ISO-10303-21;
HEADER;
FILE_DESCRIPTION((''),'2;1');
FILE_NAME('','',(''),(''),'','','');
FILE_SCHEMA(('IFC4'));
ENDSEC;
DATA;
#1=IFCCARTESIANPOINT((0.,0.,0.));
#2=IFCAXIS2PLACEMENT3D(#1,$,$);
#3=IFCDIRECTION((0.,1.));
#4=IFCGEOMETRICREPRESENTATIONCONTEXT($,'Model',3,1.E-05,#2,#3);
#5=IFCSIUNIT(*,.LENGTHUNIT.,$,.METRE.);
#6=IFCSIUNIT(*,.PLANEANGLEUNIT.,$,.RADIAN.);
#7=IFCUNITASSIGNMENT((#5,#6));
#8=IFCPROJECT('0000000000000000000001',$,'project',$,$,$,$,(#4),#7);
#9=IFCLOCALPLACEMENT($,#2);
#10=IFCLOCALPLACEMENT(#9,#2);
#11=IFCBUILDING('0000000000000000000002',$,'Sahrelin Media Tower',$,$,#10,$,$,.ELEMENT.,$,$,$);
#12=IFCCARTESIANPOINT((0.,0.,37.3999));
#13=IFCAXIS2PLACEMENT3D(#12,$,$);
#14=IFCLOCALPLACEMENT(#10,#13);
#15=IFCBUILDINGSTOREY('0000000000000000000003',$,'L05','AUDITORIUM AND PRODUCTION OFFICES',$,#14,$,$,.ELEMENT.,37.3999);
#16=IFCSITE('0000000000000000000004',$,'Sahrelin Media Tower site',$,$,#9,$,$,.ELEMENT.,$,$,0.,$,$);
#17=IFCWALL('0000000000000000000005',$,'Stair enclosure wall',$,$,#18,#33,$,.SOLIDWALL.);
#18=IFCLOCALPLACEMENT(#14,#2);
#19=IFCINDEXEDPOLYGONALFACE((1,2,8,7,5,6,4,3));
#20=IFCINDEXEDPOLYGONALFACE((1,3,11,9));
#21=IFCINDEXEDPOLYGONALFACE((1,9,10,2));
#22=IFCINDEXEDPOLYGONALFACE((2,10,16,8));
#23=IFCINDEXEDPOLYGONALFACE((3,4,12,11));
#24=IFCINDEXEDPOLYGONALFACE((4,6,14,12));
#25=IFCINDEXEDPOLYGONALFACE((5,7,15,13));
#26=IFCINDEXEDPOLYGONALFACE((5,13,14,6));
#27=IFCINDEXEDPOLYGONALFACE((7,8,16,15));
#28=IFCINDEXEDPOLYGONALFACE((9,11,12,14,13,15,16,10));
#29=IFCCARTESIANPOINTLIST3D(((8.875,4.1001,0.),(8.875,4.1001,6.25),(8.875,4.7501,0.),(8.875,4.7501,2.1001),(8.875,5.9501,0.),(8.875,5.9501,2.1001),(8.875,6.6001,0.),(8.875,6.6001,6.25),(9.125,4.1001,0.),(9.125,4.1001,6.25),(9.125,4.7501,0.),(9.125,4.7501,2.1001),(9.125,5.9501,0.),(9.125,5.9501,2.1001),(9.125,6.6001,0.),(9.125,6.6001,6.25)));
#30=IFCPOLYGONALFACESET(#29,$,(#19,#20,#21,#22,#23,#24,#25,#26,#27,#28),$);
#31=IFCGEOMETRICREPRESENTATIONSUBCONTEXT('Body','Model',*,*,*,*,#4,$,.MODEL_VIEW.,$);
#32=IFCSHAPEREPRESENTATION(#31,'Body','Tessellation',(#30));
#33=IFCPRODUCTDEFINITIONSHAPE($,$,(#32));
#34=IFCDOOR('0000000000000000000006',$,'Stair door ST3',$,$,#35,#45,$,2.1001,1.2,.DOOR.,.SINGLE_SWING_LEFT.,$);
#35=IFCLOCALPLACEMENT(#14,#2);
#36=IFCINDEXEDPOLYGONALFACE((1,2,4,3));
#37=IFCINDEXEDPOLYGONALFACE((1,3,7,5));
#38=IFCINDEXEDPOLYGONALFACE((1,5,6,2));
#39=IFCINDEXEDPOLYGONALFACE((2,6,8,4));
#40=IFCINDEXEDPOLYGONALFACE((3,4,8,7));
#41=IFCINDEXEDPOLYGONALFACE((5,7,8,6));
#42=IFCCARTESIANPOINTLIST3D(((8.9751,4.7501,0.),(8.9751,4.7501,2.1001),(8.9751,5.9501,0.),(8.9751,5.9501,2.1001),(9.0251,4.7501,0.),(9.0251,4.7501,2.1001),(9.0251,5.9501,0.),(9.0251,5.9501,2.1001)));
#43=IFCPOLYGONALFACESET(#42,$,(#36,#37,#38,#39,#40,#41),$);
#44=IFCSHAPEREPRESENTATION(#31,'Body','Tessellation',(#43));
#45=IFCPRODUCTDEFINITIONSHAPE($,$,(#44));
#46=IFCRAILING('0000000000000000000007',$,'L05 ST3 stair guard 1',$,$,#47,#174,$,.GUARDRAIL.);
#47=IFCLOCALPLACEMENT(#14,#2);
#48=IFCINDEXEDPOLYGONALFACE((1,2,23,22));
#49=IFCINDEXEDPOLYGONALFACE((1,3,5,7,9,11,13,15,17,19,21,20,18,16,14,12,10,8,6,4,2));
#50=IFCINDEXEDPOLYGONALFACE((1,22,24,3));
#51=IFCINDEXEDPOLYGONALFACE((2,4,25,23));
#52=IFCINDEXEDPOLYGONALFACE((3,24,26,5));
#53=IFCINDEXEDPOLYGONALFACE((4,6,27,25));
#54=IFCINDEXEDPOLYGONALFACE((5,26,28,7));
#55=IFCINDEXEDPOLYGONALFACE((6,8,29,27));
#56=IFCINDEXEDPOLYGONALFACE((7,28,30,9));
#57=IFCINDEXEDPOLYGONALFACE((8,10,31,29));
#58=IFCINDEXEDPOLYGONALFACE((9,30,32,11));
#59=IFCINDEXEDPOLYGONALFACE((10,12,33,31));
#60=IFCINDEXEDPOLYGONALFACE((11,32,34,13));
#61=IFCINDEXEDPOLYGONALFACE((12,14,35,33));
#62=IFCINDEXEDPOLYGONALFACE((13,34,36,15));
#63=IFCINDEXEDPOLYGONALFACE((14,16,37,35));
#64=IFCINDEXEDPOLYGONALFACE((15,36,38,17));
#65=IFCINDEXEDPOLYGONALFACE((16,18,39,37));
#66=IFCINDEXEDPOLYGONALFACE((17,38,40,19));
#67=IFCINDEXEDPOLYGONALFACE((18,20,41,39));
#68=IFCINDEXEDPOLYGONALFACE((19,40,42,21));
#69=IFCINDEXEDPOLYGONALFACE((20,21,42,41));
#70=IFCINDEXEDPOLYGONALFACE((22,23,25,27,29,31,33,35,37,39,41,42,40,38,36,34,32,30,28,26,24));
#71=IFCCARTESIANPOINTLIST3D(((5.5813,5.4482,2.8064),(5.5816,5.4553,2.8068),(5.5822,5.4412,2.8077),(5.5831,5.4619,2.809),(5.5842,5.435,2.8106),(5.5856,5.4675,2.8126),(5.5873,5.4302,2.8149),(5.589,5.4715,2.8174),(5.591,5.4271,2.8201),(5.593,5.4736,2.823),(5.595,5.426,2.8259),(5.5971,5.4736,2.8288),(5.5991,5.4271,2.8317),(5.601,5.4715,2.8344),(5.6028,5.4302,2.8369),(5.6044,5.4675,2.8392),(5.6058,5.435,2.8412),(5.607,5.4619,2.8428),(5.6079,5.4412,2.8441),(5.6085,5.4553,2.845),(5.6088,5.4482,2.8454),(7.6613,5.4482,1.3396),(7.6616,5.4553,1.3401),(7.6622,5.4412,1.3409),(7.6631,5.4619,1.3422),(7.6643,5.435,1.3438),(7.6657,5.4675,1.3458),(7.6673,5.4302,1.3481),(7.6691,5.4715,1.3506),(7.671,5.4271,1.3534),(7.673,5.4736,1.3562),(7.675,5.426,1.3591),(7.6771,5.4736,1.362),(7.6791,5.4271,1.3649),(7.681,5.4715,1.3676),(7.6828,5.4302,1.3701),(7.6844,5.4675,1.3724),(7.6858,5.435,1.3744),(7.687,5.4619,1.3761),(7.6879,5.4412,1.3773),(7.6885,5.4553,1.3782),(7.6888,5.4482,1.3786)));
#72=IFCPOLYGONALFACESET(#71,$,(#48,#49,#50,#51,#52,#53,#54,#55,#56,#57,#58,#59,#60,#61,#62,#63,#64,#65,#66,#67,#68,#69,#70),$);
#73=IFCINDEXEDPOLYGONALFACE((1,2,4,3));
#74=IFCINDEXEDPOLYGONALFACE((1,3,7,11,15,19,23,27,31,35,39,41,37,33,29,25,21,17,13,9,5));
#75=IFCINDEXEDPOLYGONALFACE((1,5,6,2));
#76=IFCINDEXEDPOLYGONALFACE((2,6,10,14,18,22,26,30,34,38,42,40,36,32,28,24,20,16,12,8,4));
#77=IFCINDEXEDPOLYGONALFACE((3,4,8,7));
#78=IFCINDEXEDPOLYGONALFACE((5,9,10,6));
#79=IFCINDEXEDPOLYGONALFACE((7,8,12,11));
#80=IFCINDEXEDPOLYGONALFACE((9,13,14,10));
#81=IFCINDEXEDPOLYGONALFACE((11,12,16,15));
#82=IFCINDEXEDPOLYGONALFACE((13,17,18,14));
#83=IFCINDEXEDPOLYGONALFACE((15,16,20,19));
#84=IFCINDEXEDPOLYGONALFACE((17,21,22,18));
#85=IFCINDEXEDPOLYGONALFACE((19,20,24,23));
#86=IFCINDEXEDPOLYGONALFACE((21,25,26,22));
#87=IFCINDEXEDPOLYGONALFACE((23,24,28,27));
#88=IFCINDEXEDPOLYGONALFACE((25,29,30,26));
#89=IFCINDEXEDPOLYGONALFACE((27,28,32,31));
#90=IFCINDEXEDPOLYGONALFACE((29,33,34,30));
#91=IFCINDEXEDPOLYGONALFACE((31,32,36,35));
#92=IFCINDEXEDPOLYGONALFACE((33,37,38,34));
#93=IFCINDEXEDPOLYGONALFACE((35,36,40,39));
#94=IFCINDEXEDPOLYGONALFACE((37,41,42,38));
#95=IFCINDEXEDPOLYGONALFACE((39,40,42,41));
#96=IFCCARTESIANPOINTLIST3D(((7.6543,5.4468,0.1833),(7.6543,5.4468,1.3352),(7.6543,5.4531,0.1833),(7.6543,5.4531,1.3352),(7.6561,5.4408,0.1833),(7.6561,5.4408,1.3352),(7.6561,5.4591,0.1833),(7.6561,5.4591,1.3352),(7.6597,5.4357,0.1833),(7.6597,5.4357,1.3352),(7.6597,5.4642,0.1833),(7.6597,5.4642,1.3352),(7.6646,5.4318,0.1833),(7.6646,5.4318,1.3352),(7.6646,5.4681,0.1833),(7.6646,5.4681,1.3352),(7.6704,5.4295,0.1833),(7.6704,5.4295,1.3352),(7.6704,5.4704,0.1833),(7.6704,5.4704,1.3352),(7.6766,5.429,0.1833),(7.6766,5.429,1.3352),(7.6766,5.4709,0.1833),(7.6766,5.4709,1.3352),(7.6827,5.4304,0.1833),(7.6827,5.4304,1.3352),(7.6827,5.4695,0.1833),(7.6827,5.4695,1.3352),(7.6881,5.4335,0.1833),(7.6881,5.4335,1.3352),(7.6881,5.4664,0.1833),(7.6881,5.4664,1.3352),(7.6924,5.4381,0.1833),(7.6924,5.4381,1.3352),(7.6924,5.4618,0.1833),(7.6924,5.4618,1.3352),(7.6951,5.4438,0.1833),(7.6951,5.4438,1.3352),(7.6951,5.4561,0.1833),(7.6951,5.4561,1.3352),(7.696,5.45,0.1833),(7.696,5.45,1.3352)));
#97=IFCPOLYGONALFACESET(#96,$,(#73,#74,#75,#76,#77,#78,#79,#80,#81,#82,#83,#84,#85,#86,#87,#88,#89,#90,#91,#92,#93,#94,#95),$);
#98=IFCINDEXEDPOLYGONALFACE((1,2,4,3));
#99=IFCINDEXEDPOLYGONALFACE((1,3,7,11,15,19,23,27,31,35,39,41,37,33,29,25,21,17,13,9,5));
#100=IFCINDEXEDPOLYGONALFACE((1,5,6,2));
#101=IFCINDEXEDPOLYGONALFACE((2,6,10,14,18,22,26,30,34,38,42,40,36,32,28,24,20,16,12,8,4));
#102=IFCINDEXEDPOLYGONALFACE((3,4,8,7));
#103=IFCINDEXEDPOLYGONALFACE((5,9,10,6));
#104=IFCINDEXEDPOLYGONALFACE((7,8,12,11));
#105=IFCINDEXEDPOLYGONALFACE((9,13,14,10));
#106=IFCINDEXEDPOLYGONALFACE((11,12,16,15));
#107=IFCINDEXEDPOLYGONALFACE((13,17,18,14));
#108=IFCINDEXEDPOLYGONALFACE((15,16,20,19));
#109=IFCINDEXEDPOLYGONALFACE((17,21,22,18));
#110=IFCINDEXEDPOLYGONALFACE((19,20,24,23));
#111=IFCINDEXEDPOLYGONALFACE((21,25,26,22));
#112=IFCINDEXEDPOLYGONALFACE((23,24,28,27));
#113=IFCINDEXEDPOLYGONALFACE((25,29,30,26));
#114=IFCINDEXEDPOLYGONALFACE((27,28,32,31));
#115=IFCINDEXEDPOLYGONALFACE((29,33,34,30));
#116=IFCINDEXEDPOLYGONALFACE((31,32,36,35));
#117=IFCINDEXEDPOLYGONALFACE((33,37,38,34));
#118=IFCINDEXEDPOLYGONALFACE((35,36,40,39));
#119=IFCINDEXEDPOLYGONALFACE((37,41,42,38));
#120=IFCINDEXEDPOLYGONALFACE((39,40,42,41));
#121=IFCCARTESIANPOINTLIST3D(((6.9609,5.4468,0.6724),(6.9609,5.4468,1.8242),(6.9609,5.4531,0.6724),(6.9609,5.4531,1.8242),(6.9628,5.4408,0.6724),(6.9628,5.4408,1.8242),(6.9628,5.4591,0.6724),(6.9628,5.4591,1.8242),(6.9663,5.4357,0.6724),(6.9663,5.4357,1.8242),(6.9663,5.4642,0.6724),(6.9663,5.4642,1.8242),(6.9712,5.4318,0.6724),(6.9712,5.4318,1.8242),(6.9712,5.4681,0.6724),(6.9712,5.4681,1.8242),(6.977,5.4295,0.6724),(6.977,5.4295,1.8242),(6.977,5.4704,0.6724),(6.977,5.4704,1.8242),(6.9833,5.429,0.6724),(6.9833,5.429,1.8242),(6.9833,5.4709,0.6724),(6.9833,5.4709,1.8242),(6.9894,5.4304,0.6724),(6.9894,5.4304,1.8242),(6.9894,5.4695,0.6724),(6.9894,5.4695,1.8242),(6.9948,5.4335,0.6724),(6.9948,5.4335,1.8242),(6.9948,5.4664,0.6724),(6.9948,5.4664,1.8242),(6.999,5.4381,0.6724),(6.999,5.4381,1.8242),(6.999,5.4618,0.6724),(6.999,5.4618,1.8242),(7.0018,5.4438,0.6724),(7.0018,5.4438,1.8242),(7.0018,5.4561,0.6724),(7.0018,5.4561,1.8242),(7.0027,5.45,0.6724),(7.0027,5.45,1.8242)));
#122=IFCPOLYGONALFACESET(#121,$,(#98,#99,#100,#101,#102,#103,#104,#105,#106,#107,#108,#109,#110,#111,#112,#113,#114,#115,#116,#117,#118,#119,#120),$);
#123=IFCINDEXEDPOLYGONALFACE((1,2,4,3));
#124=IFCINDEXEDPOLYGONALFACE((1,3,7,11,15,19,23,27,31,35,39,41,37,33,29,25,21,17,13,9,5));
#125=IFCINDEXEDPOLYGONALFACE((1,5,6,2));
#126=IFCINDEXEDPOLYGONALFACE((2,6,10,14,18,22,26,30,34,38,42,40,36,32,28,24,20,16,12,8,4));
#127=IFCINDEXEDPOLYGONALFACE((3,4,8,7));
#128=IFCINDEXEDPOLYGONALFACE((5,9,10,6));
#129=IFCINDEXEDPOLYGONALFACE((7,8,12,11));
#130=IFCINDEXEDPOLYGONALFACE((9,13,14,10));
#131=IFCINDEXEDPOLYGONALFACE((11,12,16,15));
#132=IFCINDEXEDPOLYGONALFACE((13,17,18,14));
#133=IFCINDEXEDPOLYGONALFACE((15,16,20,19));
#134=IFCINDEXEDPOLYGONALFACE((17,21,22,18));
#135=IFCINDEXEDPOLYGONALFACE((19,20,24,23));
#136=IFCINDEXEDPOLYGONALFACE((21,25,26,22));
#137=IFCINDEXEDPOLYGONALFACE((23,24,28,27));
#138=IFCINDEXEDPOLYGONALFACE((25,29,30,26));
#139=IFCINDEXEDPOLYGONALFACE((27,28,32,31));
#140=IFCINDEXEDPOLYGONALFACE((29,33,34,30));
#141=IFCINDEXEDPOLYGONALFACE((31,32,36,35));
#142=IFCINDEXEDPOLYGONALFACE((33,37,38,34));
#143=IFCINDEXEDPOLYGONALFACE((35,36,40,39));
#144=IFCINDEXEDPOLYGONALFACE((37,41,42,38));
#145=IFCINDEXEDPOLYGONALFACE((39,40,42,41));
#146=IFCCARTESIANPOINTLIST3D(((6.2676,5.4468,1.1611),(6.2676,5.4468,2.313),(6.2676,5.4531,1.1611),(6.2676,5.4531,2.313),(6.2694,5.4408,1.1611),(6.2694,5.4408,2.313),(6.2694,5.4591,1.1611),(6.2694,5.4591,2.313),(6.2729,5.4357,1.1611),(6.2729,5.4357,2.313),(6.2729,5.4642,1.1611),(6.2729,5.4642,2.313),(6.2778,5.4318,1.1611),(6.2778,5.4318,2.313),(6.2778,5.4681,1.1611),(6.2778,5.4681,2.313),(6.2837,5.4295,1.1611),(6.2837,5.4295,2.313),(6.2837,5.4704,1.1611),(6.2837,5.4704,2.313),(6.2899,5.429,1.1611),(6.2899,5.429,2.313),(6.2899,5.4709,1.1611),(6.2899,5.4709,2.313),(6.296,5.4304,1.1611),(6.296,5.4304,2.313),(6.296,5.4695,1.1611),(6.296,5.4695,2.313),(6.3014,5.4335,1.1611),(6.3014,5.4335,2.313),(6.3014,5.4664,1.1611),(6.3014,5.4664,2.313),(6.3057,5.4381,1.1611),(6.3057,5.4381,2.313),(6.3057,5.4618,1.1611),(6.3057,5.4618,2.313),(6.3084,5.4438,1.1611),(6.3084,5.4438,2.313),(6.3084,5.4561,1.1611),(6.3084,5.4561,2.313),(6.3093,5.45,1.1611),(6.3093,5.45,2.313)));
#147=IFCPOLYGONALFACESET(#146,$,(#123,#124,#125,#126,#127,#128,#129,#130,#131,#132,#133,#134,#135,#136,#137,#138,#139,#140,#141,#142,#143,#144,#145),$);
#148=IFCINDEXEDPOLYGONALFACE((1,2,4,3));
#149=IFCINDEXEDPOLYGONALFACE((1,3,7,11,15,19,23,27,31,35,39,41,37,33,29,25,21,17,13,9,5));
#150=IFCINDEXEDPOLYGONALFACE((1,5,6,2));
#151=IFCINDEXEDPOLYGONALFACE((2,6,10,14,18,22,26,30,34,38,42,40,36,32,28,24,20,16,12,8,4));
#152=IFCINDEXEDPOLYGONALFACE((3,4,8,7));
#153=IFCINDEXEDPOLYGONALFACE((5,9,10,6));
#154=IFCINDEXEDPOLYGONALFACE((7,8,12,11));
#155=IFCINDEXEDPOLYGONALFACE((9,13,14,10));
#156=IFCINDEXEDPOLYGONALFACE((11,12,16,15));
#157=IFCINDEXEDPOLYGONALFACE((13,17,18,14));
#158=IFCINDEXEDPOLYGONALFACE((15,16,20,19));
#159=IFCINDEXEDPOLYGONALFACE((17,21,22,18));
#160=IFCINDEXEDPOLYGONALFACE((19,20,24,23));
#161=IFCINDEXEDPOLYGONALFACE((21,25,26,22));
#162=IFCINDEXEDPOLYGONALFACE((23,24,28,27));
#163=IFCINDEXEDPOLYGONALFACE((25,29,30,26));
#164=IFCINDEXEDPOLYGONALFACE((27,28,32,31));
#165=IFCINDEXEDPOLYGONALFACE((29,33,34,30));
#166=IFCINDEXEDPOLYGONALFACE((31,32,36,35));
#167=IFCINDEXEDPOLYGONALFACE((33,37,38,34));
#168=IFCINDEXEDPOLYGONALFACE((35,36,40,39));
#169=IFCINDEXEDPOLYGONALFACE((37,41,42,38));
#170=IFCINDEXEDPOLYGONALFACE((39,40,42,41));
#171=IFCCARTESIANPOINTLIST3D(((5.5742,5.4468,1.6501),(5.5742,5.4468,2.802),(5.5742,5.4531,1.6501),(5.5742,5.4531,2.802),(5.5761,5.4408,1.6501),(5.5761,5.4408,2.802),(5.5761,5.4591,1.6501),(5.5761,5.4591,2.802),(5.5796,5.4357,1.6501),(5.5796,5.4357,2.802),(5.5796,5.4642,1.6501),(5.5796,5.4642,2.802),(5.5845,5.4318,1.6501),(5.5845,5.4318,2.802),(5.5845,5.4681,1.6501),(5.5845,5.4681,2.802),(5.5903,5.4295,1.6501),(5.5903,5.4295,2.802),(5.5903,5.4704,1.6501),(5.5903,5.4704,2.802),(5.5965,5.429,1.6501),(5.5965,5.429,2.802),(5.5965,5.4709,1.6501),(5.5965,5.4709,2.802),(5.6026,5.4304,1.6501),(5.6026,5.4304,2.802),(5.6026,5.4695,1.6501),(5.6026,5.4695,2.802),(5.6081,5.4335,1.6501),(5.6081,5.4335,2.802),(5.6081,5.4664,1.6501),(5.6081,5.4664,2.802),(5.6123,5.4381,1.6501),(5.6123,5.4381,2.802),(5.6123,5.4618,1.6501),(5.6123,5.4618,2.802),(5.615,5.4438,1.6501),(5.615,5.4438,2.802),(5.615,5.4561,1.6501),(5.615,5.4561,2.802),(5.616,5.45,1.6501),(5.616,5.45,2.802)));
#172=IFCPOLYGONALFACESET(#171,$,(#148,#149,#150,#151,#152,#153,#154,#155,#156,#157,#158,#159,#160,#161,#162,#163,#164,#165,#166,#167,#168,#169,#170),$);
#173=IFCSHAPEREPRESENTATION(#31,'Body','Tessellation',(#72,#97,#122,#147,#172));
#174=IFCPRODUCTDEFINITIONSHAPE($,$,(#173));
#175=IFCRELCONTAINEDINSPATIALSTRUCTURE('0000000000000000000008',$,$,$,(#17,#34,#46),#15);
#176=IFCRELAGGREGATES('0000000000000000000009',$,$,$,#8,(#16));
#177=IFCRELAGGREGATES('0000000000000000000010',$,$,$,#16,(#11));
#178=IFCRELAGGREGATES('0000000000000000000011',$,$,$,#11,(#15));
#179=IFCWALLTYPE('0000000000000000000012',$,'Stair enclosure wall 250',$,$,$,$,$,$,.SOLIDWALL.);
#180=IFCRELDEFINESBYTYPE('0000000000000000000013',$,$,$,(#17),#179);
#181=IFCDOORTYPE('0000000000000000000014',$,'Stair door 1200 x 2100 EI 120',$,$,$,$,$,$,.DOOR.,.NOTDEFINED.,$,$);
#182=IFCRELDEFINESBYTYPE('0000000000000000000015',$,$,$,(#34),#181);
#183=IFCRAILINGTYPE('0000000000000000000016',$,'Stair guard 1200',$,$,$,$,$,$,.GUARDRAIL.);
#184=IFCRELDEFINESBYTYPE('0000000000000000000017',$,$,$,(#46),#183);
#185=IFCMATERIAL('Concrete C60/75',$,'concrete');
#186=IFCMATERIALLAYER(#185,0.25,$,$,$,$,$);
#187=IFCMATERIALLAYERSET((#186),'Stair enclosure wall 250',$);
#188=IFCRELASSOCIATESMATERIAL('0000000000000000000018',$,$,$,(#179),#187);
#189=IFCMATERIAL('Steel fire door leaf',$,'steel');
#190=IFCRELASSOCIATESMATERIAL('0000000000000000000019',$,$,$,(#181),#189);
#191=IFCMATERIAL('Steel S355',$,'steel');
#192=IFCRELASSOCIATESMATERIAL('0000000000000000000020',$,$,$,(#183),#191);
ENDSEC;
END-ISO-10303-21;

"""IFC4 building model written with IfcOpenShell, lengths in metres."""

from ifc_helpers import new_model, si_unit, direction, frame, frame_2d, origin, origin_2d, place, context, subcontext, project, spatial, rectangle, circle, extrude, material, layer, layer_set, type_object, element, fill, save


model = new_model("IFC4")

# Units and contexts
model_context = context("Model", 3, precision=1e-05, world=origin(), true_north=direction((0.0, 1.0)))
body_context = subcontext(model_context, "Body", "Model", "MODEL_VIEW")
ifc_project = project(units=[si_unit("LENGTHUNIT", "METRE"), si_unit("PLANEANGLEUNIT", "RADIAN")], contexts=[model_context])

# Site, building, storey
site_placement = place(None, origin())
site = spatial("IfcSite", under=ifc_project, at=site_placement, Name="Sahrelin Media Tower site", CompositionType="ELEMENT", RefElevation=0.0)
building_placement = place(site_placement, origin())
building = spatial("IfcBuilding", under=site, at=building_placement, Name="Sahrelin Media Tower", CompositionType="ELEMENT")
storey_placement = place(building_placement, frame((0.0, 0.0, 37.3999)))
storey = spatial("IfcBuildingStorey", under=building, at=storey_placement, Name="L05", Description="AUDITORIUM AND PRODUCTION OFFICES", CompositionType="ELEMENT", Elevation=37.3999)

# Shared definitions
ifc_material_1 = material(Name="Steel S355", Category="steel")

# Shared definitions
ifc_material_2 = material(Name="Concrete C60/75", Category="concrete")

# Wall, opening, door
ifc_layer_1 = layer(ifc_material_2, 0.25)
ifc_layer_set_1 = layer_set([ifc_layer_1], Name="Stair enclosure wall 250")
wall_type_1 = type_object("IfcWallType", Name="Stair enclosure wall 250", PredefinedType="SOLIDWALL", material=ifc_layer_set_1)
wall_1_placement = place(storey_placement, frame((9.0, 4.1001, 0.0), z_axis=(0.0, 0.0, 1.0), x_axis=(0.0, 1.0, 0.0)))
wall_1 = element("IfcWall", 1, at=wall_1_placement, inside=storey, type_object=wall_type_1, Name="Stair enclosure wall", PredefinedType="SOLIDWALL", context=body_context, shape_type="SweptSolid", body=[
    extrude(rectangle(XDim=2.5, YDim=0.25, at=frame_2d((1.25, 0.0))), origin(), (0.0, 0.0, 1.0), 6.25),
])
opening_placement = place(wall_1_placement, frame((0.6499, 0.0, 0.0)))
opening = element("IfcOpeningElement", 2, at=opening_placement, cuts=wall_1, PredefinedType="OPENING", context=body_context, shape_type="SweptSolid", body=[
    extrude(rectangle(XDim=1.2, YDim=2.1001, at=frame_2d((0.6001, 1.05))), frame((0.0, 0.125, 0.0), z_axis=(0.0, -1.0, 0.0), x_axis=(1.0, 0.0, 0.0)), (0.0, 0.0, 1.0), 0.25),
])
ifc_material_3 = material(Name="Steel fire door leaf", Category="steel")
door_type = type_object("IfcDoorType", Name="Stair door 1200 x 2100 EI 120", OperationType="NOTDEFINED", PredefinedType="DOOR", material=ifc_material_3)
door_placement = place(opening_placement, origin())
door = element("IfcDoor", 3, at=door_placement, inside=storey, type_object=door_type, Name="Stair door ST3", OperationType="SINGLE_SWING_LEFT", OverallHeight=2.1001, OverallWidth=1.2, PredefinedType="DOOR", context=body_context, shape_type="SweptSolid", body=[
    extrude(rectangle(XDim=1.2, YDim=2.1001, at=frame_2d((0.6001, 1.05))), frame((0.0, 0.0249, 0.0), z_axis=(0.0, -1.0, 0.0), x_axis=(1.0, 0.0, 0.0)), (0.0, 0.0, 1.0), 0.05),
])
fill(opening, door)

# Railing
railing_type_1 = type_object("IfcRailingType", Name="Stair guard 1200", PredefinedType="GUARDRAIL", material=ifc_material_1)
railing_1_placement = place(storey_placement, frame((7.675, 5.45, 0.1833)))
element("IfcRailing", 4, at=railing_1_placement, inside=storey, type_object=railing_type_1, Name="L05 ST3 stair guard 1", PredefinedType="GUARDRAIL", context=body_context, shape_type="SweptSolid", body=[
    extrude(circle(Radius=0.0239, at=origin_2d()), frame((0.0, 0.0, 1.1758), z_axis=(-0.817244, 0.0, 0.576291), x_axis=(0.0, -1.0, 0.0)), (0.0, 0.0, 1.0), 2.5452),
    extrude(circle(Radius=0.021, at=origin_2d()), origin(), (0.0, 0.0, 1.0), 1.1519),
    extrude(circle(Radius=0.021, at=origin_2d()), frame((-0.6934, 0.0, 0.489)), (0.0, 0.0, 1.0), 1.1519),
    extrude(circle(Radius=0.021, at=origin_2d()), frame((-1.3867, 0.0, 0.9778)), (0.0, 0.0, 1.0), 1.1519),
    extrude(circle(Radius=0.021, at=origin_2d()), frame((-2.0801, 0.0, 1.4668)), (0.0, 0.0, 1.0), 1.1519),
])

save(model, "model.ifc")
